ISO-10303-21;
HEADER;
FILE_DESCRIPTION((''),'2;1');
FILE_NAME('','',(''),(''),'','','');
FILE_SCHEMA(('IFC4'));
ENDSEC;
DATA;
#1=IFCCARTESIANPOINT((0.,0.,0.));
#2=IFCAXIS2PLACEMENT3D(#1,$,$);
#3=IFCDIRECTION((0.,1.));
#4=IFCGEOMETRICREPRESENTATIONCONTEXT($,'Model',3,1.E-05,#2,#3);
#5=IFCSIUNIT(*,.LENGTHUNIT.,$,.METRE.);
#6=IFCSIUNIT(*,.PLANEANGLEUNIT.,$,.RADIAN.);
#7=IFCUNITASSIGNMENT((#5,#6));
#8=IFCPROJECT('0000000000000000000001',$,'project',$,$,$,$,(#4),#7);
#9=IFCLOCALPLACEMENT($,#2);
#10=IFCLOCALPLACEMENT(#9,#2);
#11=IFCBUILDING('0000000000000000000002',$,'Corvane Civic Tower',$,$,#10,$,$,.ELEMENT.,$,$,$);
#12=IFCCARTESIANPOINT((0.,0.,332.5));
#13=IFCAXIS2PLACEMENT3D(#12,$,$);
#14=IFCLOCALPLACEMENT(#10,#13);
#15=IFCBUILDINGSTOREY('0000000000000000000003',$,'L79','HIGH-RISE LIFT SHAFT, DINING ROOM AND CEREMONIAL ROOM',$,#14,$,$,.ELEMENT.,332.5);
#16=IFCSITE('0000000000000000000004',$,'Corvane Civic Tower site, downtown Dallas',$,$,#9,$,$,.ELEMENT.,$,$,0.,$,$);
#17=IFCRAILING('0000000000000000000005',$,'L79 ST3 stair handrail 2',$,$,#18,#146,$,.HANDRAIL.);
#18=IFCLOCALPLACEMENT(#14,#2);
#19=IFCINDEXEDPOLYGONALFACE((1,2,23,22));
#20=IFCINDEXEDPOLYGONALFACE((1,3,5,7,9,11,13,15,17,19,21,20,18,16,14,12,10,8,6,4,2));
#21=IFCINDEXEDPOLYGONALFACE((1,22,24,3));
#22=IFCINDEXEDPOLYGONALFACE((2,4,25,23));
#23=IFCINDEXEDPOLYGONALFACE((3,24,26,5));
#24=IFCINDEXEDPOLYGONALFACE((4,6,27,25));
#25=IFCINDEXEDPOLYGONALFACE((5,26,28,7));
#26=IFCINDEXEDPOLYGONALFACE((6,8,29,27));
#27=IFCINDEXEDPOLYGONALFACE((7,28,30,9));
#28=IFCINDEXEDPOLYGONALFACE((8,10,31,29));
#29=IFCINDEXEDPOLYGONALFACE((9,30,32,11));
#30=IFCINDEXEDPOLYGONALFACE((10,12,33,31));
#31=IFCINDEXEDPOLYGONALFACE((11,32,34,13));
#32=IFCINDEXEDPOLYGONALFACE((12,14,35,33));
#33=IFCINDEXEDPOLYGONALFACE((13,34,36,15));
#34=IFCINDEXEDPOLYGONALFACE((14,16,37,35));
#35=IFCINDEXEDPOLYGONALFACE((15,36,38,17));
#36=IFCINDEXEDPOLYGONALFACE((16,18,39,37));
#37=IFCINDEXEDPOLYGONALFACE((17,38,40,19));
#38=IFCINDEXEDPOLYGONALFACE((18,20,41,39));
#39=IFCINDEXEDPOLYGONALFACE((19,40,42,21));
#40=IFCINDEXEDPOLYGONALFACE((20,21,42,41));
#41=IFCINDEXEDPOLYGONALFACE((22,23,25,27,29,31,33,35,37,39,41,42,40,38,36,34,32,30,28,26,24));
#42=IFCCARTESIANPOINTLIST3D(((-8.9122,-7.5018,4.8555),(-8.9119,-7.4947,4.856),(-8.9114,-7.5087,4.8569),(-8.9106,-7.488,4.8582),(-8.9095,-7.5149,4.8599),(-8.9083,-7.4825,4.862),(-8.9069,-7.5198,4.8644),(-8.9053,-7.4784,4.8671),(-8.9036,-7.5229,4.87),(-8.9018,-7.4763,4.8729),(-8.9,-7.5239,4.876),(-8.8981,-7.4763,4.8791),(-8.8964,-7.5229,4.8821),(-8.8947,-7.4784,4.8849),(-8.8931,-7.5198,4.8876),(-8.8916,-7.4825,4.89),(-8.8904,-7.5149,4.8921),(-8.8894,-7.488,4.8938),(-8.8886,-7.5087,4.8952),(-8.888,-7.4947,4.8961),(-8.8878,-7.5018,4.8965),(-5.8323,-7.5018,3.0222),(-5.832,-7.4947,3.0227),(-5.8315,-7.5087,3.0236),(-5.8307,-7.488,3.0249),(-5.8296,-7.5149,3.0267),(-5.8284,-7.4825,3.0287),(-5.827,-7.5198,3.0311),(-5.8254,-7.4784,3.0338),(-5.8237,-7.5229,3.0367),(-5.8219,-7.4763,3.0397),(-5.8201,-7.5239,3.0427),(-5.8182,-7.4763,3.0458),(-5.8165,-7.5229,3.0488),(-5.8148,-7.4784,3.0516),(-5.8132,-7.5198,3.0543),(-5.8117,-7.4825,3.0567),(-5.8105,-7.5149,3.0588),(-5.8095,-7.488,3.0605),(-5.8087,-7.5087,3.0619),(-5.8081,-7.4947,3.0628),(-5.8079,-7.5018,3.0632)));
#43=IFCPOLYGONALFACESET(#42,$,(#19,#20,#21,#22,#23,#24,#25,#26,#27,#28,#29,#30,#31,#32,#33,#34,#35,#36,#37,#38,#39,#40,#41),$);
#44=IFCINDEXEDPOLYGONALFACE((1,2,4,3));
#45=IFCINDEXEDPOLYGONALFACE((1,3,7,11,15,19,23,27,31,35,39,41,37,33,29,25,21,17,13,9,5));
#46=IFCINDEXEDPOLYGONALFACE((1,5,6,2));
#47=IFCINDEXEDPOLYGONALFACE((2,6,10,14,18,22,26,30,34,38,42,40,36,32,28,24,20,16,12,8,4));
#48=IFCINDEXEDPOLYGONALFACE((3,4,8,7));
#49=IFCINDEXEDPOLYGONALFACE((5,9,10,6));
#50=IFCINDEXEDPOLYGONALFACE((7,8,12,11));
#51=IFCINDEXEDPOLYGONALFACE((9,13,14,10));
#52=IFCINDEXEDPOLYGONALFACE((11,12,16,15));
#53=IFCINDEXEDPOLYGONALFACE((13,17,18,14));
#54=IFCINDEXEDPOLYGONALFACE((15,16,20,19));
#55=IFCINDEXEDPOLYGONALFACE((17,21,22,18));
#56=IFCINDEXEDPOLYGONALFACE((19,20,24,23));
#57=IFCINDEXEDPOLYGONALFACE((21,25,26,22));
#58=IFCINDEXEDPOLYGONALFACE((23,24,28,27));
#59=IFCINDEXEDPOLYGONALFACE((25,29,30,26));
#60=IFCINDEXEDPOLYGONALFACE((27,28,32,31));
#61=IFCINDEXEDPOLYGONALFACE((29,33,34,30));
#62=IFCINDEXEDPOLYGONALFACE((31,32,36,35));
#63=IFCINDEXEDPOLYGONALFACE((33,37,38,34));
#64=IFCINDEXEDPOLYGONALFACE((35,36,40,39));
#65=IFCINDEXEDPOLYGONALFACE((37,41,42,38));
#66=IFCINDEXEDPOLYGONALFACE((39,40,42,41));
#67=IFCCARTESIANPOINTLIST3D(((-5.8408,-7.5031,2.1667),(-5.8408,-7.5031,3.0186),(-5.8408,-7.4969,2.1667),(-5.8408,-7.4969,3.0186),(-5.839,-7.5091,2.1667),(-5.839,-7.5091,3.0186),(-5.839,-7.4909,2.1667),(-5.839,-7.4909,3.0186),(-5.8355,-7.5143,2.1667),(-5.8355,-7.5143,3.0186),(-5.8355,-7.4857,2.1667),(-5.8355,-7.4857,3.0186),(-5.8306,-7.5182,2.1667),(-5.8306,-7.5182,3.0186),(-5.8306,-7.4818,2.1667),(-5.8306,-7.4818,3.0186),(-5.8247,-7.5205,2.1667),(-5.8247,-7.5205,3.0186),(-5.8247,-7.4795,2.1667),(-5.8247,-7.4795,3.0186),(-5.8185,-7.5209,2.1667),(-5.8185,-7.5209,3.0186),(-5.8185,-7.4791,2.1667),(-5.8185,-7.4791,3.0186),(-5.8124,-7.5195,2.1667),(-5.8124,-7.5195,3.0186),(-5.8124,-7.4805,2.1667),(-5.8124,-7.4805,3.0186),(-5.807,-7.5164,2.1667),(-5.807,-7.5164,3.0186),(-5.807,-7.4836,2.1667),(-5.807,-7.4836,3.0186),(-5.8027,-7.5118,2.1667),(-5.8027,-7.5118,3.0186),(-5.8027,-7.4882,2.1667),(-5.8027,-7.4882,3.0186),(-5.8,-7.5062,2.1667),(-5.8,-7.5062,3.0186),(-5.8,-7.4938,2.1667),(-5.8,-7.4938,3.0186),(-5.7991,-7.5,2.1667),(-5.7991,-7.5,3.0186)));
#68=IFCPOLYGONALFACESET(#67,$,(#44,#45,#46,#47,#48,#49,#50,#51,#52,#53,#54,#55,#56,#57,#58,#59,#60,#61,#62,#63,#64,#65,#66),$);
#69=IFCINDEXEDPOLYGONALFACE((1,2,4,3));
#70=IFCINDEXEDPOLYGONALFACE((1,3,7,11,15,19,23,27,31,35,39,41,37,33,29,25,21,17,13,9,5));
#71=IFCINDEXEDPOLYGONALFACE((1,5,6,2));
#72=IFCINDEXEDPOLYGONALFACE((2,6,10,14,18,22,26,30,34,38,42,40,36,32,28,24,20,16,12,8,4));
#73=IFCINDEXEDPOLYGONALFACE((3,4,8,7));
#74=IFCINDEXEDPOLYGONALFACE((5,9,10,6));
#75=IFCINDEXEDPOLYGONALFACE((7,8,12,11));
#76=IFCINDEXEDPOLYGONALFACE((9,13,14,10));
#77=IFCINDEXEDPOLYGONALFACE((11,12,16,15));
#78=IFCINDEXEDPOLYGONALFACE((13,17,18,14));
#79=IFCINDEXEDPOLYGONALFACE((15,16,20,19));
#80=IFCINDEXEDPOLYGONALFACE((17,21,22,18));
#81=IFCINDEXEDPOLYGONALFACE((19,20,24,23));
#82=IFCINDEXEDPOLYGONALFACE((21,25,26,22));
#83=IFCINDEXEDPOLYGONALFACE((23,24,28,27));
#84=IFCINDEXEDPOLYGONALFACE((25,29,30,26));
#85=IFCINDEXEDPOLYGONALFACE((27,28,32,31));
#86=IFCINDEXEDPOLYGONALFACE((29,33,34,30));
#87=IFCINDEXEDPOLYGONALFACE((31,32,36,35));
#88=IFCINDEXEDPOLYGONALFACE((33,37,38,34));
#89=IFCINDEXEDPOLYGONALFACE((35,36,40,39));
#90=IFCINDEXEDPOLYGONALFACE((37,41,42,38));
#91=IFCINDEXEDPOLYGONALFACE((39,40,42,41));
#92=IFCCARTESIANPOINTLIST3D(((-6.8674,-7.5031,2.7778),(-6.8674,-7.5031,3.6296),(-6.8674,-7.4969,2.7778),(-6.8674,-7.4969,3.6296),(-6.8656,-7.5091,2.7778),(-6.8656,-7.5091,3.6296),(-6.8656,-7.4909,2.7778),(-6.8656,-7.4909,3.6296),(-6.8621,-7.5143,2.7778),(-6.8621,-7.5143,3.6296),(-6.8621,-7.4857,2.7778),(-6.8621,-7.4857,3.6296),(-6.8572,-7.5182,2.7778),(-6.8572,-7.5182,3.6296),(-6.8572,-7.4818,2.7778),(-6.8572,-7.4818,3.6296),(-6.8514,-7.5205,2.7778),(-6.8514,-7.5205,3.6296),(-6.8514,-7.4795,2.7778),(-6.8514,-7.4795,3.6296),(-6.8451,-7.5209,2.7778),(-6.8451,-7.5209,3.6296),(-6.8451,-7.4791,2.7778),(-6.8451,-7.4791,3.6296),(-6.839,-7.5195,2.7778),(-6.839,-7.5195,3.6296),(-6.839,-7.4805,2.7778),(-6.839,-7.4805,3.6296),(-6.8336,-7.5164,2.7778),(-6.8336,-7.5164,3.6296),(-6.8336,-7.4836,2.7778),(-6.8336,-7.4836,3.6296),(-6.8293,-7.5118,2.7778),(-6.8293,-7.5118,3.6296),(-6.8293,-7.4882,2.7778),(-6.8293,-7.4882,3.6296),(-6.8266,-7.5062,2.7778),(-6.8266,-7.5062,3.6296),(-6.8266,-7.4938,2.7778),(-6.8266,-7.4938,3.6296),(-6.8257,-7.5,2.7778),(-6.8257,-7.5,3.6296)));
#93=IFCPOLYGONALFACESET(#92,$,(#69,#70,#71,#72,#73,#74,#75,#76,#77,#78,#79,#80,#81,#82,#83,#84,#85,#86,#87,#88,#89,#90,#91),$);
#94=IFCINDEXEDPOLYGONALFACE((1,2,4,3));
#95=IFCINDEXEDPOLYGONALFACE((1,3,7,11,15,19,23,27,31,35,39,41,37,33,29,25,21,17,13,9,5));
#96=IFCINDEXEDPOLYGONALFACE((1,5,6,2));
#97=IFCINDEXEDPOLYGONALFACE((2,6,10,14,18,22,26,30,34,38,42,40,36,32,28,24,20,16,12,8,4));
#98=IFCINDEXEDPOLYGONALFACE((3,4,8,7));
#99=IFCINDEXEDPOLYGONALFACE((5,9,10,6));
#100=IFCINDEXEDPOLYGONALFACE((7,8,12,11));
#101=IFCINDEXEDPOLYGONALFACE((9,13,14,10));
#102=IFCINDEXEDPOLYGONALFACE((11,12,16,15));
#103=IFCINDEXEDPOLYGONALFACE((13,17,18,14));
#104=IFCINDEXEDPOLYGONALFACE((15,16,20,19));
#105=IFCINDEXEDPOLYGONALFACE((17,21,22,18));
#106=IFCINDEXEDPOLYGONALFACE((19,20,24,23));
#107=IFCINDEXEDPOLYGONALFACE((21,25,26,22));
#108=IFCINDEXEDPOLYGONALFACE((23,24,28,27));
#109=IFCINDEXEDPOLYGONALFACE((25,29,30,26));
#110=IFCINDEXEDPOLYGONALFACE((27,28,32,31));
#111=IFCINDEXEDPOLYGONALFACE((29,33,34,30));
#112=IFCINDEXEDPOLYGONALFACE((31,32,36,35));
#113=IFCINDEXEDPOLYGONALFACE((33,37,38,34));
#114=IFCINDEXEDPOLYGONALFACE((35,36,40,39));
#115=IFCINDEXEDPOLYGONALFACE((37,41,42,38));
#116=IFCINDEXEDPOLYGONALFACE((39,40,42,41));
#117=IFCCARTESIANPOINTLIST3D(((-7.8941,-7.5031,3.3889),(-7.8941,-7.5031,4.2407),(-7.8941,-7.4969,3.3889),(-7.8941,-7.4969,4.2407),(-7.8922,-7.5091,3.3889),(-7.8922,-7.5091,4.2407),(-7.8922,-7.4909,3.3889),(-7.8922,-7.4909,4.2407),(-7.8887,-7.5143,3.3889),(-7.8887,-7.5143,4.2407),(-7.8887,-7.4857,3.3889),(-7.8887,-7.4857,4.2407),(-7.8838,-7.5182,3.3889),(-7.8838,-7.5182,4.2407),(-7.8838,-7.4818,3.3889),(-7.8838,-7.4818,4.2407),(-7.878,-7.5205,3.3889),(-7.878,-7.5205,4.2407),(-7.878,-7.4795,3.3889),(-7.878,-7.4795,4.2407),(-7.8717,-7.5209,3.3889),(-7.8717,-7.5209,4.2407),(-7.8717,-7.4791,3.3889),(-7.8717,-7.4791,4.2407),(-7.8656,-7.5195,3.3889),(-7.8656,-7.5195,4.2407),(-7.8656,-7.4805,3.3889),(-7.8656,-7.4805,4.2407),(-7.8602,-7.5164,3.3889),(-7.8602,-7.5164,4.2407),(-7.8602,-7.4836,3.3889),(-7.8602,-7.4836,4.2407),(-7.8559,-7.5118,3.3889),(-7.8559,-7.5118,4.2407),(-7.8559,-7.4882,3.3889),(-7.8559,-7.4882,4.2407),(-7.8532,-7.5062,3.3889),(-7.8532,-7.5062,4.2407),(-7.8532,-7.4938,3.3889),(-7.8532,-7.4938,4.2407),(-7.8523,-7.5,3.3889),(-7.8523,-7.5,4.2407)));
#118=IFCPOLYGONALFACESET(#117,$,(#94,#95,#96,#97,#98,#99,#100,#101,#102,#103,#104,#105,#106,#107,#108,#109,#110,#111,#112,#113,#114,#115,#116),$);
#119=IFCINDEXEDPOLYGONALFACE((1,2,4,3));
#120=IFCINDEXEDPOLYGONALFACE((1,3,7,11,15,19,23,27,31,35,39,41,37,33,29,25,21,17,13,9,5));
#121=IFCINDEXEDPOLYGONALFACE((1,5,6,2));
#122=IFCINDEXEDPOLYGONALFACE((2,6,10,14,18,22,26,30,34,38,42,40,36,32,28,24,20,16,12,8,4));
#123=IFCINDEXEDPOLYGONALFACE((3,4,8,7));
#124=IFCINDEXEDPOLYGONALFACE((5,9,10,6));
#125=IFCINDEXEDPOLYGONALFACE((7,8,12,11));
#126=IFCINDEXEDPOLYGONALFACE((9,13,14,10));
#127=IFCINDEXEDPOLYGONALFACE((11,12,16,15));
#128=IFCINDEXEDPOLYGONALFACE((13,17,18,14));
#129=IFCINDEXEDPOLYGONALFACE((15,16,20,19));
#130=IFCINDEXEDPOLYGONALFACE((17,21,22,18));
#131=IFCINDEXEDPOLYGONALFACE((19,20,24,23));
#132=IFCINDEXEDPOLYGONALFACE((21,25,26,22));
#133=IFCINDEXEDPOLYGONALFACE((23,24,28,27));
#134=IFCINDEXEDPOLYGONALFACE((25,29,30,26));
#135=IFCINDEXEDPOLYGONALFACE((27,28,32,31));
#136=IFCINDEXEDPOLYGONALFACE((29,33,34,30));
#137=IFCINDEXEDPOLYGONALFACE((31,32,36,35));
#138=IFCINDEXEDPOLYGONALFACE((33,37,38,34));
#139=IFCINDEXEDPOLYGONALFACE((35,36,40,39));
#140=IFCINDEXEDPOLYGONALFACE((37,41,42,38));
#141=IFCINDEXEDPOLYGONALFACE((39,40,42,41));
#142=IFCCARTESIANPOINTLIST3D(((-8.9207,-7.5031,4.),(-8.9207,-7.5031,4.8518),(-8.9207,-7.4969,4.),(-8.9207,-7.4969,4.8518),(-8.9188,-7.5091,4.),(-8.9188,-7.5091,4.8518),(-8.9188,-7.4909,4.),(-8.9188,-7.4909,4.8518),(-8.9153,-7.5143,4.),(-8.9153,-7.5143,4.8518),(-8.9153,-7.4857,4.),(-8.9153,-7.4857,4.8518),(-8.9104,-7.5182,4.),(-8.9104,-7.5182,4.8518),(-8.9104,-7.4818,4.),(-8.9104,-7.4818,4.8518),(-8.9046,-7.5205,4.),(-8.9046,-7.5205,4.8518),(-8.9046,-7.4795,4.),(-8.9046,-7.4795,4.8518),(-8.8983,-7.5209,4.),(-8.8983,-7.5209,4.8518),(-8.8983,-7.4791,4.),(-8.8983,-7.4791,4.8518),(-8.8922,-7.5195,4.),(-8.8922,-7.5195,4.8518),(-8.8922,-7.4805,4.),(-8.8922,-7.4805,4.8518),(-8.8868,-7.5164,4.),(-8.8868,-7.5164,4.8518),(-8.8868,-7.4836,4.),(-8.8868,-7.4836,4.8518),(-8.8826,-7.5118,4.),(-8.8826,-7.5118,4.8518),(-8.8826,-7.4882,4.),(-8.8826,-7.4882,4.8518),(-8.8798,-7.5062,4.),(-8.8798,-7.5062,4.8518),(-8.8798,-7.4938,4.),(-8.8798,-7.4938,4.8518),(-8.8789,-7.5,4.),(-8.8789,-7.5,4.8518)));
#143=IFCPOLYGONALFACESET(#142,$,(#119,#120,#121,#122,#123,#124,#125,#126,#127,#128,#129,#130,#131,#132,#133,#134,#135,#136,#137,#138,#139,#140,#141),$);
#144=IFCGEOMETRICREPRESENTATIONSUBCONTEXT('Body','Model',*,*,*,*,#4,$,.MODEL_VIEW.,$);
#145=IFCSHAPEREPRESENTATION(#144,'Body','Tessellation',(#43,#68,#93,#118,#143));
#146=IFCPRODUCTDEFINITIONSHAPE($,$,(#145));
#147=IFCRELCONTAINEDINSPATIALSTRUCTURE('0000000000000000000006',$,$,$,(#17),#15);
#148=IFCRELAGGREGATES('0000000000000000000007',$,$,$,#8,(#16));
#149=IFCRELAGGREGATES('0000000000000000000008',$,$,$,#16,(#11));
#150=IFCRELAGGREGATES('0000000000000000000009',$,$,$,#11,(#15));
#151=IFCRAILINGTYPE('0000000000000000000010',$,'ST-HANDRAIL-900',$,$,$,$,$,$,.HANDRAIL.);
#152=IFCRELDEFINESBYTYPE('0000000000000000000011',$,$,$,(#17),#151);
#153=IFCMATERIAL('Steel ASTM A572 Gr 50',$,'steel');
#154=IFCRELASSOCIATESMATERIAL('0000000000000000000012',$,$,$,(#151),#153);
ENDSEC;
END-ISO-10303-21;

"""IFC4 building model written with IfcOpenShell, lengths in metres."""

from ifc_helpers import new_model, si_unit, direction, frame, origin, origin_2d, place, context, subcontext, project, spatial, circle, extrude, material, type_object, element, save


model = new_model("IFC4")

# Units and contexts
model_context = context("Model", 3, precision=1e-05, world=origin(), true_north=direction((0.0, 1.0)))
body_context = subcontext(model_context, "Body", "Model", "MODEL_VIEW")
ifc_project = project(units=[si_unit("LENGTHUNIT", "METRE"), si_unit("PLANEANGLEUNIT", "RADIAN")], contexts=[model_context])

# Site, building, storey
site_placement = place(None, origin())
site = spatial("IfcSite", under=ifc_project, at=site_placement, Name="Corvane Civic Tower site, downtown Dallas", CompositionType="ELEMENT", RefElevation=0.0)
building_placement = place(site_placement, origin())
building = spatial("IfcBuilding", under=site, at=building_placement, Name="Corvane Civic Tower", CompositionType="ELEMENT")
storey_placement = place(building_placement, frame((0.0, 0.0, 332.5)))
storey = spatial("IfcBuildingStorey", under=building, at=storey_placement, Name="L79", Description="HIGH-RISE LIFT SHAFT, DINING ROOM AND CEREMONIAL ROOM", CompositionType="ELEMENT", Elevation=332.5)

# Railing
ifc_material_1 = material(Name="Steel ASTM A572 Gr 50", Category="steel")
railing_type_1 = type_object("IfcRailingType", Name="ST-HANDRAIL-900", PredefinedType="HANDRAIL", material=ifc_material_1)
railing_1_placement = place(storey_placement, frame((-5.8201, -7.5, 2.1667)))
element("IfcRailing", 1, at=railing_1_placement, inside=storey, type_object=railing_type_1, Name="L79 ST3 stair handrail 2", PredefinedType="HANDRAIL", context=body_context, shape_type="SweptSolid", body=[
    extrude(circle(Radius=0.0239, at=origin_2d()), frame((0.0, 0.0, 0.876), z_axis=(-0.859291, 0.0, 0.511487), x_axis=(0.0, -1.0, 0.0)), (0.0, 0.0, 1.0), 3.5842),
    extrude(circle(Radius=0.021, at=origin_2d()), origin(), (0.0, 0.0, 1.0), 0.8518),
    extrude(circle(Radius=0.021, at=origin_2d()), frame((-1.0266, 0.0, 0.6111)), (0.0, 0.0, 1.0), 0.8518),
    extrude(circle(Radius=0.021, at=origin_2d()), frame((-2.0532, 0.0, 1.2222)), (0.0, 0.0, 1.0), 0.8518),
    extrude(circle(Radius=0.021, at=origin_2d()), frame((-3.0798, 0.0, 1.8333)), (0.0, 0.0, 1.0), 0.8518),
])

save(model, "model.ifc")
